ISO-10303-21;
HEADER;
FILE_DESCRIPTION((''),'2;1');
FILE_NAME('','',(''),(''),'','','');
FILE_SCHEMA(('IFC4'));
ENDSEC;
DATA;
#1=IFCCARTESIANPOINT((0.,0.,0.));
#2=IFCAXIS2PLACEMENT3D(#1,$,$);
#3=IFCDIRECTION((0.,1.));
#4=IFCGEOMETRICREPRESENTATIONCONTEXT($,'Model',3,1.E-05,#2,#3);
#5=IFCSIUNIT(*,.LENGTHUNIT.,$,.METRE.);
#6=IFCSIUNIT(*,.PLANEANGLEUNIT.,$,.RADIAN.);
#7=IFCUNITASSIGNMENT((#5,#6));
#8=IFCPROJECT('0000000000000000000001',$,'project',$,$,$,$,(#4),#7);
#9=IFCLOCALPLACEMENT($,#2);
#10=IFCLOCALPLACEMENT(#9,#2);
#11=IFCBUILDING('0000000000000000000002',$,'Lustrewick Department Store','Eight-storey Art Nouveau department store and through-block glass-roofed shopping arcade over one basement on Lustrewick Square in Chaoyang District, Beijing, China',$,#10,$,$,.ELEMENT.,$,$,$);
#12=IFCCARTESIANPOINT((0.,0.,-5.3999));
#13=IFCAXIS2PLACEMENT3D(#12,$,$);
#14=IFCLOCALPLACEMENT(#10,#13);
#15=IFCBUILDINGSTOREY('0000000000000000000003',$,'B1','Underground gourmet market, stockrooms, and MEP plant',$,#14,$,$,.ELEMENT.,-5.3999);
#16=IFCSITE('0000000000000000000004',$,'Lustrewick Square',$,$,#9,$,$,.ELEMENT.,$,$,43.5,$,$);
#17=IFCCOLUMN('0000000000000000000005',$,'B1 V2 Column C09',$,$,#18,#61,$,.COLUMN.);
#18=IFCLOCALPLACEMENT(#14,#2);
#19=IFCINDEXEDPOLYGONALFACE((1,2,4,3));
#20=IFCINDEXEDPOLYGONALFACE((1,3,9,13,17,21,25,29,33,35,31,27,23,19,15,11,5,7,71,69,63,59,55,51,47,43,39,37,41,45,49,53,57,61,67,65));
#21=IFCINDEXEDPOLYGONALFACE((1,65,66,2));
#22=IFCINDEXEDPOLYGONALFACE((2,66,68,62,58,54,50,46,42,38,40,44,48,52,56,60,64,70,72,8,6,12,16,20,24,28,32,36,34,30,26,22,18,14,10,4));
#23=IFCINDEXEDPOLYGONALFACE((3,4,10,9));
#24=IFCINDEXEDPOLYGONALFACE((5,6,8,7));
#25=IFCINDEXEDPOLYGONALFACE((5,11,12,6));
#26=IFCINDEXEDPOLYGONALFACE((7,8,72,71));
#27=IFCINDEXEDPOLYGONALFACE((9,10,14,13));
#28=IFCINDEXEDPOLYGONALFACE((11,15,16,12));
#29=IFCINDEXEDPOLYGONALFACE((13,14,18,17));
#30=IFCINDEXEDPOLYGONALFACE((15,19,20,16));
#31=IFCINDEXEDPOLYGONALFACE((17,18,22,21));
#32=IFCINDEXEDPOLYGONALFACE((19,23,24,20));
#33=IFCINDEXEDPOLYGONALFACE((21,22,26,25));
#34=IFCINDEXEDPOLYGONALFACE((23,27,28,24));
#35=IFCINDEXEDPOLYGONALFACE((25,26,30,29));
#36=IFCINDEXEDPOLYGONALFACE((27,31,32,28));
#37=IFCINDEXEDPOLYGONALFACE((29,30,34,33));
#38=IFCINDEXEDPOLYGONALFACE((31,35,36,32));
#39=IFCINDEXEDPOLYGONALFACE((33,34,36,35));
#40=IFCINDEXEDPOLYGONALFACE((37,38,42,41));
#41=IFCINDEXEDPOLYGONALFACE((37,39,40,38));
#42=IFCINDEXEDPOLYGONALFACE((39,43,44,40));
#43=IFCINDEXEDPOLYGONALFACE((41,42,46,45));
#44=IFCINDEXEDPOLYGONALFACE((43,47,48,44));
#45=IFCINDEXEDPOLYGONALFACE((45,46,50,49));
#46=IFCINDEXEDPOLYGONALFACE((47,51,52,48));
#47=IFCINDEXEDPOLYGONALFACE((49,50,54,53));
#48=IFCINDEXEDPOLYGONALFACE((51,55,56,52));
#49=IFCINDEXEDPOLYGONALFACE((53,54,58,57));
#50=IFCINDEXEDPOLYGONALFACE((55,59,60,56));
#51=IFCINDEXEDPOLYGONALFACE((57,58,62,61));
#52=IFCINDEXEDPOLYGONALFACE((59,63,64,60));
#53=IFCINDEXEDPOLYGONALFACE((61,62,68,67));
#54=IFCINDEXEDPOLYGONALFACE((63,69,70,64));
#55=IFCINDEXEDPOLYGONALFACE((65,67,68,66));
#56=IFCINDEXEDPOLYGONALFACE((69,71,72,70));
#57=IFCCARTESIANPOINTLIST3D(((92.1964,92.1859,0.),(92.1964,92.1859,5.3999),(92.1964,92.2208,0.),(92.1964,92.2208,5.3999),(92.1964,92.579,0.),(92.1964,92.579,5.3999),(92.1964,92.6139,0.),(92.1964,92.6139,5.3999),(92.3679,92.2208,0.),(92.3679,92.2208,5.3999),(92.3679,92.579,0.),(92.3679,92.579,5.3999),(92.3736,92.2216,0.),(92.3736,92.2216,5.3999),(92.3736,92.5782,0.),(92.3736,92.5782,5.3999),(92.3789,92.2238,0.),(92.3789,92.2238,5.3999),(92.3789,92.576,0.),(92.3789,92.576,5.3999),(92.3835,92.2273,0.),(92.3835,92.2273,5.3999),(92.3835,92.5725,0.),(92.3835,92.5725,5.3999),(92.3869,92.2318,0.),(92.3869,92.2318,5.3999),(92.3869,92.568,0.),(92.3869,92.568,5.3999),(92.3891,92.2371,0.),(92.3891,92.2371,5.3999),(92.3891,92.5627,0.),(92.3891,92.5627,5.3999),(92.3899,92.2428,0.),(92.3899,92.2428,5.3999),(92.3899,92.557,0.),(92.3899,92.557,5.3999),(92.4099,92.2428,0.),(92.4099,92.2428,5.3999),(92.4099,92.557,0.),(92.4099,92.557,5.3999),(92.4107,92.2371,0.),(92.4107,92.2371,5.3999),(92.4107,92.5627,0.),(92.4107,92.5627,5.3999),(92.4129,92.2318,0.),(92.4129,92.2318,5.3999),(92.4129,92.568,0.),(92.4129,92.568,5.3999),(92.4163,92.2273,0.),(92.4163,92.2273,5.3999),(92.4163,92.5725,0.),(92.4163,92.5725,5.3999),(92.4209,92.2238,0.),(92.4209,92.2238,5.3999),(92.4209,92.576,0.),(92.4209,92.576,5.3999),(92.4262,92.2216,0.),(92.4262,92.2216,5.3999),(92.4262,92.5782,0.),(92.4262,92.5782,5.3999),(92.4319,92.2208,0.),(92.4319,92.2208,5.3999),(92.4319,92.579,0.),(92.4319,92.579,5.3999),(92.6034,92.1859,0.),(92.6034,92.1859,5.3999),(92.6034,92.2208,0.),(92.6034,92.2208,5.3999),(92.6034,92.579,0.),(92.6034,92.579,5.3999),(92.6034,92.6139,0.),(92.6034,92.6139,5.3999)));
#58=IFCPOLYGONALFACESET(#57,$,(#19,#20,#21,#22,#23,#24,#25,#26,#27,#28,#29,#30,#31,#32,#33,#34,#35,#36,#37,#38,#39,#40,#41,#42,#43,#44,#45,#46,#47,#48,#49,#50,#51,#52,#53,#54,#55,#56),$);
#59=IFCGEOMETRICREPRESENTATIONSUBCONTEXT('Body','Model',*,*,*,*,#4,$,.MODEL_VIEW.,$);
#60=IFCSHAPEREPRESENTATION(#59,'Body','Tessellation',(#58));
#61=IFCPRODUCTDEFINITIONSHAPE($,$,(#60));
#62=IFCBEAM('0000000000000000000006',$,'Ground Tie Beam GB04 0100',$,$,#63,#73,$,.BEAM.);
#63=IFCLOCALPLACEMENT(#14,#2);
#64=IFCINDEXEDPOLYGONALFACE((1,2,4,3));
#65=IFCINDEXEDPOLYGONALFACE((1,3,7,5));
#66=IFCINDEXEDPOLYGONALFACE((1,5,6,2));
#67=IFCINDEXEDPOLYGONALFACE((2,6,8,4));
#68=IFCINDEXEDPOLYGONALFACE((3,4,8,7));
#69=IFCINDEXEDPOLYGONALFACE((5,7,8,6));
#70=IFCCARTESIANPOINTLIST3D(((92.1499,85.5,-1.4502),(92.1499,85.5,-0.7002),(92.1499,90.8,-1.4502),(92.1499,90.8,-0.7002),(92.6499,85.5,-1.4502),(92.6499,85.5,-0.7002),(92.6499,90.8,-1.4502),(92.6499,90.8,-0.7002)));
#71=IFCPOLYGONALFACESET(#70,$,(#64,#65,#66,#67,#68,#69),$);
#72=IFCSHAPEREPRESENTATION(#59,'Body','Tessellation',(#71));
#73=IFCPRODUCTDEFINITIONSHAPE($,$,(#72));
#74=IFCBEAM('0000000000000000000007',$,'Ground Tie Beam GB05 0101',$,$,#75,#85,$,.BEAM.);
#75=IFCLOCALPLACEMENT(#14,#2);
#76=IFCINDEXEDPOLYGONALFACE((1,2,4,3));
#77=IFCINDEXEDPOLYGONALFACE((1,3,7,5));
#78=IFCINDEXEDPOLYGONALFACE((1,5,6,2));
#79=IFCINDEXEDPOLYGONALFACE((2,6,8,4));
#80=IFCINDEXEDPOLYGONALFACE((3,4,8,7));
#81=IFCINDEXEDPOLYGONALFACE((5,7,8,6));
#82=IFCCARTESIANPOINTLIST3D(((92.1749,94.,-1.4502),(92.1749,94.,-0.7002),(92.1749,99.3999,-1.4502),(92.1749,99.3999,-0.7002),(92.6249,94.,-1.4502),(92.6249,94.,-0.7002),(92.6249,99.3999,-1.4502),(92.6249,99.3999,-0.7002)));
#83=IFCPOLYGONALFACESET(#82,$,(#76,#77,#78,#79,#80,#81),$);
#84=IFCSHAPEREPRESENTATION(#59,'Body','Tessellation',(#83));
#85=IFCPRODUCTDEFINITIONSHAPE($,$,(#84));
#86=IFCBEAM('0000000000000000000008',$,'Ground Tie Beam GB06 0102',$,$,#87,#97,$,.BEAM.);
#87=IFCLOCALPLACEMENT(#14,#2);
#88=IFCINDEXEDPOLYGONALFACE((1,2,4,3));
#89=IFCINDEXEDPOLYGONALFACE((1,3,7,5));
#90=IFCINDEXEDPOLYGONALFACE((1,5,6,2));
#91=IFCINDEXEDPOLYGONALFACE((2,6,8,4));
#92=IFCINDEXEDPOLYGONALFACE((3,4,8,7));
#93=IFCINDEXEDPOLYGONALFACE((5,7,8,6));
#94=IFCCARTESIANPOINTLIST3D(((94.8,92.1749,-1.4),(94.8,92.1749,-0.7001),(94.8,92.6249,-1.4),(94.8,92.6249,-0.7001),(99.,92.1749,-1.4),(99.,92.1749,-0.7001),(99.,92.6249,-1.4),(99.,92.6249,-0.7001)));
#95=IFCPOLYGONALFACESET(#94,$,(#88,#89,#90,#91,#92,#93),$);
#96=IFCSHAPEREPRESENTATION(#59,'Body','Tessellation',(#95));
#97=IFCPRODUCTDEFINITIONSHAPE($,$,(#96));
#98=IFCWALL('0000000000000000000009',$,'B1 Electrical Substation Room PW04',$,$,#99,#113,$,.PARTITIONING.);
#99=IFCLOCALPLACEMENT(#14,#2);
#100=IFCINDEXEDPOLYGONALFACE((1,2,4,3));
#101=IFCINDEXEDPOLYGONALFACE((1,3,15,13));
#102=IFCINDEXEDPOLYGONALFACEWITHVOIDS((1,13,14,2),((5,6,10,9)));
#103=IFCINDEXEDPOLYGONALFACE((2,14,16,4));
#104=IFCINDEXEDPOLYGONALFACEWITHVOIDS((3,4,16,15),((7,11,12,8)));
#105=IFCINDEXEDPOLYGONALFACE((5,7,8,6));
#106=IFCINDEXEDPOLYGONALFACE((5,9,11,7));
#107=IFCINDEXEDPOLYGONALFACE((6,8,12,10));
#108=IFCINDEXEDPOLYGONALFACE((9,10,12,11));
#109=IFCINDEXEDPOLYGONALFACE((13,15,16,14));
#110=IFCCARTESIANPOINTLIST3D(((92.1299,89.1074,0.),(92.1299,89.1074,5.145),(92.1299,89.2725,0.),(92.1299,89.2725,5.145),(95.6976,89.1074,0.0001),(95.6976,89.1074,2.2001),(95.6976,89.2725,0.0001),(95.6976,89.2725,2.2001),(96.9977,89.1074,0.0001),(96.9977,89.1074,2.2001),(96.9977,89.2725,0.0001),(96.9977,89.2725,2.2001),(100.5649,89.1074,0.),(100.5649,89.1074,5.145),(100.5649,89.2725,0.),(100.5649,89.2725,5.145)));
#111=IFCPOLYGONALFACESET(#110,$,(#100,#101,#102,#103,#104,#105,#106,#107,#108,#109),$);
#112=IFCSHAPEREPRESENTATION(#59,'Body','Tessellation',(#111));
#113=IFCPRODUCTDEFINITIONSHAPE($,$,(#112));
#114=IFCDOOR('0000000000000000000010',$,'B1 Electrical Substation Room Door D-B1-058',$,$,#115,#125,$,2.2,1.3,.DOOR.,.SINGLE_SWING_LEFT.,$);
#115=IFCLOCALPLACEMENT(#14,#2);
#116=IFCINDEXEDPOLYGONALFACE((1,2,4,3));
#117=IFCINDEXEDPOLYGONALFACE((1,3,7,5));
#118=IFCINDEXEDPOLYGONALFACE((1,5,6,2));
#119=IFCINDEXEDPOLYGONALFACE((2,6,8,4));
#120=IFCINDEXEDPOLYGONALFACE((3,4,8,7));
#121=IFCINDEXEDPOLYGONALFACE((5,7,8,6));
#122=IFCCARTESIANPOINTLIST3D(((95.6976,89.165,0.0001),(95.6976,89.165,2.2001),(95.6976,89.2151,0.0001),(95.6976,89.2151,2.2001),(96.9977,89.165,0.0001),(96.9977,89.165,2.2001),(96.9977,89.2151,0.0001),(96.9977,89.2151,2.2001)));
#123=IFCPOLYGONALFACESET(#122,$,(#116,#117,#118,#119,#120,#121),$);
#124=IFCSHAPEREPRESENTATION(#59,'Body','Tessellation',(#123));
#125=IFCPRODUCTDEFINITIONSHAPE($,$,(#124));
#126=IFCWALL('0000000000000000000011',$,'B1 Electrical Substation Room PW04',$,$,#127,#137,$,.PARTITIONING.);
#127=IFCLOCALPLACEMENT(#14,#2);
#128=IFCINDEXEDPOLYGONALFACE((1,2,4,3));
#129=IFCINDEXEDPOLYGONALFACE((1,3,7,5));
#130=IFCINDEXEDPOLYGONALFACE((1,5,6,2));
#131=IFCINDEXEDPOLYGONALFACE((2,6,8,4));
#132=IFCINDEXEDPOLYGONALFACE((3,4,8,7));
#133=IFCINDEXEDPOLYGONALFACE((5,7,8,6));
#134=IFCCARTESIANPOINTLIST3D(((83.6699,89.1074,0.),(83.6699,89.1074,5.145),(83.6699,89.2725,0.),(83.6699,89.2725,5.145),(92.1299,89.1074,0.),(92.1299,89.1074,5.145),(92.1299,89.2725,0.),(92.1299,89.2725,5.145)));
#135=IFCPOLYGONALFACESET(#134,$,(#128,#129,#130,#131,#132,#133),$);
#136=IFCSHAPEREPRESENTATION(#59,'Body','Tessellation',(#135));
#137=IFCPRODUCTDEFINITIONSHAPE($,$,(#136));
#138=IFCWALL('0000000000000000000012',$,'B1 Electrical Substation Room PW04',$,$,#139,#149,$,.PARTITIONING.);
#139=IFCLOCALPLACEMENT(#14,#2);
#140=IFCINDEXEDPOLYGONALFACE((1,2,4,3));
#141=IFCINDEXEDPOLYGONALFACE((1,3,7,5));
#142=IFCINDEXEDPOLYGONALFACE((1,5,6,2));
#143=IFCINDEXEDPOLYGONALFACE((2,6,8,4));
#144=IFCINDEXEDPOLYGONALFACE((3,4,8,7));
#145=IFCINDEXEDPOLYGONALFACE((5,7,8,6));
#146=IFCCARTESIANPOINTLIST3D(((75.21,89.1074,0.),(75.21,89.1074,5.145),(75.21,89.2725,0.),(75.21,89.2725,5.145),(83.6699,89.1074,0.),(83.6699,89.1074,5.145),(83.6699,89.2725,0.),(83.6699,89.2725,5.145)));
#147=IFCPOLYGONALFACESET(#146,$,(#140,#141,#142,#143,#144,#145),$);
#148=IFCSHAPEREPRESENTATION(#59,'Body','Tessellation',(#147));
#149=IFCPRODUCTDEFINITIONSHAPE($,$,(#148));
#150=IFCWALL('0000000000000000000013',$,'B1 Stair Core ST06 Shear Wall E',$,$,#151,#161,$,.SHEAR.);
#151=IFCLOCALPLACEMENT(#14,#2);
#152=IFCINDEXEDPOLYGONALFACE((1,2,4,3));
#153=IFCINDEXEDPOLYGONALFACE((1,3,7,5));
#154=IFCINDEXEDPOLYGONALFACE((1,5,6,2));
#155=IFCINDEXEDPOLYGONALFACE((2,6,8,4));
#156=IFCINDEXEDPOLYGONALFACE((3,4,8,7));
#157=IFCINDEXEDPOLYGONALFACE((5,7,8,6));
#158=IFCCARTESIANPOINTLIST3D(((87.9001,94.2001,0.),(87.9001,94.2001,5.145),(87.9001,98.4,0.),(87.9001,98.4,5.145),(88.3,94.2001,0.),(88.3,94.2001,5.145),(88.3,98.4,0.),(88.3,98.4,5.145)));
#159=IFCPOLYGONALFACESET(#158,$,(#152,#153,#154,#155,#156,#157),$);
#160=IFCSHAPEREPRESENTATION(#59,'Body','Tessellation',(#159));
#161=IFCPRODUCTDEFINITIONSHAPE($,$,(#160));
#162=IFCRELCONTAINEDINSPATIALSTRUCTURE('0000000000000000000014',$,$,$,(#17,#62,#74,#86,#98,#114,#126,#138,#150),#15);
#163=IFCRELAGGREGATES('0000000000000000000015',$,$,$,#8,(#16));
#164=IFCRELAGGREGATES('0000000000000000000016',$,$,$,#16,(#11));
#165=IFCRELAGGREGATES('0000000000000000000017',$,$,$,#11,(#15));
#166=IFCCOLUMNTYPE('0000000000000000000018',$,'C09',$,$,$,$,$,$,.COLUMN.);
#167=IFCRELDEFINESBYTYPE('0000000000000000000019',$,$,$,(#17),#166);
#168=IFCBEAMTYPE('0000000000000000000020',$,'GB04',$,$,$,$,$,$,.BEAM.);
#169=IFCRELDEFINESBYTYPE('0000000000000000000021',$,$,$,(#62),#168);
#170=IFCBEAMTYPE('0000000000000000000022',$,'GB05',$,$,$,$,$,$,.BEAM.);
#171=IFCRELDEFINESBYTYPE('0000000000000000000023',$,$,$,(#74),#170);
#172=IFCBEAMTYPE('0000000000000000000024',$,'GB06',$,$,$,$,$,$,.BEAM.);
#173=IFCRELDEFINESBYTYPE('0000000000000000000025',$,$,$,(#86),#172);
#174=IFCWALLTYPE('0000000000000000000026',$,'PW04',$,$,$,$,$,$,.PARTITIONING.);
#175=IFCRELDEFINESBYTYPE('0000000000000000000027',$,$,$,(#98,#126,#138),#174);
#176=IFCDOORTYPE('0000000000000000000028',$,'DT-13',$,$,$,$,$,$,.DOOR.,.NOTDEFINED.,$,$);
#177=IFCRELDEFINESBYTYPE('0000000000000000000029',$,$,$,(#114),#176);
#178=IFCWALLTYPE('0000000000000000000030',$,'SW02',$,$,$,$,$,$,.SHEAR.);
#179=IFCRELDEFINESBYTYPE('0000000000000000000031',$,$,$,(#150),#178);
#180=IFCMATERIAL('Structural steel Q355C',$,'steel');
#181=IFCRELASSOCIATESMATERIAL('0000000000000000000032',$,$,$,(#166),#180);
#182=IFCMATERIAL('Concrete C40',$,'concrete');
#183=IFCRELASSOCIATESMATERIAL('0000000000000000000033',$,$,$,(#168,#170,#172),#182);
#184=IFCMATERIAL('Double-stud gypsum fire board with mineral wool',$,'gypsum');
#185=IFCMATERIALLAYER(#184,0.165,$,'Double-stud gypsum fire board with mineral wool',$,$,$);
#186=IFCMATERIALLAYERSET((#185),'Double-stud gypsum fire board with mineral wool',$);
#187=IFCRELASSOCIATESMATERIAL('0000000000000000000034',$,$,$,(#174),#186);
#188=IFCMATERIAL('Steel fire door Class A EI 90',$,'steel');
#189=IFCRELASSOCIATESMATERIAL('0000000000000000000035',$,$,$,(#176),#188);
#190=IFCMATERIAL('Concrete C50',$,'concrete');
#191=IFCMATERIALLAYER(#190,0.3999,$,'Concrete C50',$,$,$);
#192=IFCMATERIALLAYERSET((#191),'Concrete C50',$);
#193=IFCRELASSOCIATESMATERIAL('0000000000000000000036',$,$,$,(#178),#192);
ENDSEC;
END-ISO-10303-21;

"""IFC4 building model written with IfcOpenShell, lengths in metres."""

from ifc_helpers import new_model, si_unit, direction, frame, frame_2d, origin, origin_2d, place, context, subcontext, project, spatial, rectangle, i_section, extrude, material, layer, layer_set, material_profile, profile_set, type_object, element, fill, save


model = new_model("IFC4")

# Units and contexts
model_context = context("Model", 3, precision=1e-05, world=origin(), true_north=direction((0.0, 1.0)))
body_context = subcontext(model_context, "Body", "Model", "MODEL_VIEW")
ifc_project = project(units=[si_unit("LENGTHUNIT", "METRE"), si_unit("PLANEANGLEUNIT", "RADIAN")], contexts=[model_context])

# Site, building, storey
site_placement = place(None, origin())
site = spatial("IfcSite", under=ifc_project, at=site_placement, Name="Lustrewick Square", CompositionType="ELEMENT", RefElevation=43.5)
building_placement = place(site_placement, origin())
building = spatial("IfcBuilding", under=site, at=building_placement, Name="Lustrewick Department Store", Description="Eight-storey Art Nouveau department store and through-block glass-roofed shopping arcade over one basement on Lustrewick Square in Chaoyang District, Beijing, China", CompositionType="ELEMENT")
storey_placement = place(building_placement, frame((0.0, 0.0, -5.3999)))
storey = spatial("IfcBuildingStorey", under=building, at=storey_placement, Name="B1", Description="Underground gourmet market, stockrooms, and MEP plant", CompositionType="ELEMENT", Elevation=-5.3999)

# Shared definitions
ifc_material_1 = material(Name="Concrete C40", Category="concrete")

# Column
ifc_material_2 = material(Name="Structural steel Q355C", Category="steel")
ifc_material_profile_1 = material_profile(ifc_material_2, i_section(OverallWidth=0.407, OverallDepth=0.428, WebThickness=0.02, FlangeThickness=0.0349, FilletRadius=0.022, at=origin_2d()), Name="HW 428x407x20x35")
ifc_profile_set_1 = profile_set([ifc_material_profile_1], Name="Structural steel Q355C")
column_type_1 = type_object("IfcColumnType", Name="C09", PredefinedType="COLUMN", material=ifc_profile_set_1)
column_1_placement = place(storey_placement, frame((92.3999, 92.3999, 0.0), z_axis=(0.0, 0.0, 1.0), x_axis=(1.0, 0.0, 0.0)))
element("IfcColumn", 1, at=column_1_placement, inside=storey, type_object=column_type_1, Name="B1 V2 Column C09", PredefinedType="COLUMN", context=body_context, shape_type="SweptSolid", body=[
    extrude(i_section(OverallWidth=0.407, OverallDepth=0.428, WebThickness=0.02, FlangeThickness=0.0349, FilletRadius=0.022, at=origin_2d()), origin(), (0.0, 0.0, 1.0), 5.3999),
])

# Beams
ifc_material_profile_2 = material_profile(ifc_material_1, rectangle(XDim=0.5, YDim=0.75, at=origin_2d()), Name="RC 500x750")
ifc_profile_set_2 = profile_set([ifc_material_profile_2], Name="Concrete C40")
beam_type_1 = type_object("IfcBeamType", Name="GB04", PredefinedType="BEAM", material=ifc_profile_set_2)
beam_1_placement = place(storey_placement, frame((92.3999, 85.5, -1.0752), z_axis=(0.0, 1.0, 0.0), x_axis=(-1.0, 0.0, 0.0)))
element("IfcBeam", 2, at=beam_1_placement, inside=storey, type_object=beam_type_1, Name="Ground Tie Beam GB04 0100", PredefinedType="BEAM", context=body_context, shape_type="SweptSolid", body=[
    extrude(rectangle(XDim=0.5, YDim=0.75, at=origin_2d()), origin(), (0.0, 0.0, 1.0), 5.3),
])
ifc_material_profile_3 = material_profile(ifc_material_1, rectangle(XDim=0.45, YDim=0.75, at=origin_2d()), Name="RC 450x750")
ifc_profile_set_3 = profile_set([ifc_material_profile_3], Name="Concrete C40")
beam_type_2 = type_object("IfcBeamType", Name="GB05", PredefinedType="BEAM", material=ifc_profile_set_3)
beam_2_placement = place(storey_placement, frame((92.3999, 94.0, -1.0752), z_axis=(0.0, 1.0, 0.0), x_axis=(-1.0, 0.0, 0.0)))
element("IfcBeam", 3, at=beam_2_placement, inside=storey, type_object=beam_type_2, Name="Ground Tie Beam GB05 0101", PredefinedType="BEAM", context=body_context, shape_type="SweptSolid", body=[
    extrude(rectangle(XDim=0.45, YDim=0.75, at=origin_2d()), origin(), (0.0, 0.0, 1.0), 5.3999),
])
ifc_material_profile_4 = material_profile(ifc_material_1, rectangle(XDim=0.45, YDim=0.7, at=origin_2d()), Name="RC 450x700")
ifc_profile_set_4 = profile_set([ifc_material_profile_4], Name="Concrete C40")
beam_type_3 = type_object("IfcBeamType", Name="GB06", PredefinedType="BEAM", material=ifc_profile_set_4)
beam_3_placement = place(storey_placement, frame((94.8, 92.3999, -1.05), z_axis=(1.0, 0.0, 0.0), x_axis=(0.0, 1.0, 0.0)))
element("IfcBeam", 4, at=beam_3_placement, inside=storey, type_object=beam_type_3, Name="Ground Tie Beam GB06 0102", PredefinedType="BEAM", context=body_context, shape_type="SweptSolid", body=[
    extrude(rectangle(XDim=0.45, YDim=0.7, at=origin_2d()), origin(), (0.0, 0.0, 1.0), 4.2),
])

# Wall, opening, door
ifc_material_3 = material(Name="Double-stud gypsum fire board with mineral wool", Category="gypsum")
ifc_layer_1 = layer(ifc_material_3, 0.165, Name="Double-stud gypsum fire board with mineral wool")
ifc_layer_set_1 = layer_set([ifc_layer_1], Name="Double-stud gypsum fire board with mineral wool")
wall_type_1 = type_object("IfcWallType", Name="PW04", PredefinedType="PARTITIONING", material=ifc_layer_set_1)
wall_1_placement = place(storey_placement, frame((100.5649, 89.1899, 0.0), z_axis=(0.0, 0.0, 1.0), x_axis=(-1.0, 0.0, 0.0)))
wall_1 = element("IfcWall", 5, at=wall_1_placement, inside=storey, type_object=wall_type_1, Name="B1 Electrical Substation Room PW04", PredefinedType="PARTITIONING", context=body_context, shape_type="SweptSolid", body=[
    extrude(rectangle(XDim=8.4351, YDim=0.165, at=frame_2d((4.2175, 0.0))), origin(), (0.0, 0.0, 1.0), 5.145),
])
opening_placement = place(wall_1_placement, frame((3.5674, 0.0, 0.0)))
opening = element("IfcOpeningElement", 6, at=opening_placement, cuts=wall_1, PredefinedType="OPENING", context=body_context, shape_type="SweptSolid", body=[
    extrude(rectangle(XDim=1.3, YDim=2.2, at=frame_2d((0.6499, 1.1001))), frame((0.0, 0.0925, 0.0), z_axis=(0.0, -1.0, 0.0), x_axis=(1.0, 0.0, 0.0)), (0.0, 0.0, 1.0), 0.1851),
])
ifc_material_4 = material(Name="Steel fire door Class A EI 90", Category="steel")
door_type = type_object("IfcDoorType", Name="DT-13", OperationType="NOTDEFINED", PredefinedType="DOOR", material=ifc_material_4)
door_placement = place(opening_placement, origin())
door = element("IfcDoor", 7, at=door_placement, inside=storey, type_object=door_type, Name="B1 Electrical Substation Room Door D-B1-058", OperationType="SINGLE_SWING_LEFT", OverallHeight=2.2, OverallWidth=1.3, PredefinedType="DOOR", context=body_context, shape_type="SweptSolid", body=[
    extrude(rectangle(XDim=1.3, YDim=2.2, at=frame_2d((0.6499, 1.1001))), frame((0.0, 0.0249, 0.0), z_axis=(0.0, -1.0, 0.0), x_axis=(1.0, 0.0, 0.0)), (0.0, 0.0, 1.0), 0.05),
])
fill(opening, door)

# Walls
for number, where, z_axis, x_axis, name in (
    (8, (92.1299, 89.1899, 0.0), (0.0, 0.0, 1.0), (-1.0, 0.0, 0.0), "B1 Electrical Substation Room PW04"),
    (9, (83.6699, 89.1899, 0.0), (0.0, 0.0, 1.0), (-1.0, 0.0, 0.0), "B1 Electrical Substation Room PW04"),
):
    element("IfcWall", number, at=place(storey_placement, frame(where, z_axis=z_axis, x_axis=x_axis)), inside=storey, type_object=wall_type_1, Name=name, PredefinedType="PARTITIONING", context=body_context, shape_type="SweptSolid", body=[
        extrude(rectangle(XDim=8.46, YDim=0.165, at=frame_2d((4.23, 0.0))), origin(), (0.0, 0.0, 1.0), 5.145),
    ])
ifc_material_5 = material(Name="Concrete C50", Category="concrete")
ifc_layer_2 = layer(ifc_material_5, 0.3999, Name="Concrete C50")
ifc_layer_set_2 = layer_set([ifc_layer_2], Name="Concrete C50")
wall_type_2 = type_object("IfcWallType", Name="SW02", PredefinedType="SHEAR", material=ifc_layer_set_2)
wall_2_placement = place(storey_placement, frame((88.1001, 94.2, 0.0), z_axis=(0.0, 0.0, 1.0), x_axis=(0.0, 1.0, 0.0)))
element("IfcWall", 10, at=wall_2_placement, inside=storey, type_object=wall_type_2, Name="B1 Stair Core ST06 Shear Wall E", PredefinedType="SHEAR", context=body_context, shape_type="SweptSolid", body=[
    extrude(rectangle(XDim=4.2, YDim=0.3999, at=frame_2d((2.1001, 0.0))), origin(), (0.0, 0.0, 1.0), 5.145),
])

save(model, "model.ifc")
